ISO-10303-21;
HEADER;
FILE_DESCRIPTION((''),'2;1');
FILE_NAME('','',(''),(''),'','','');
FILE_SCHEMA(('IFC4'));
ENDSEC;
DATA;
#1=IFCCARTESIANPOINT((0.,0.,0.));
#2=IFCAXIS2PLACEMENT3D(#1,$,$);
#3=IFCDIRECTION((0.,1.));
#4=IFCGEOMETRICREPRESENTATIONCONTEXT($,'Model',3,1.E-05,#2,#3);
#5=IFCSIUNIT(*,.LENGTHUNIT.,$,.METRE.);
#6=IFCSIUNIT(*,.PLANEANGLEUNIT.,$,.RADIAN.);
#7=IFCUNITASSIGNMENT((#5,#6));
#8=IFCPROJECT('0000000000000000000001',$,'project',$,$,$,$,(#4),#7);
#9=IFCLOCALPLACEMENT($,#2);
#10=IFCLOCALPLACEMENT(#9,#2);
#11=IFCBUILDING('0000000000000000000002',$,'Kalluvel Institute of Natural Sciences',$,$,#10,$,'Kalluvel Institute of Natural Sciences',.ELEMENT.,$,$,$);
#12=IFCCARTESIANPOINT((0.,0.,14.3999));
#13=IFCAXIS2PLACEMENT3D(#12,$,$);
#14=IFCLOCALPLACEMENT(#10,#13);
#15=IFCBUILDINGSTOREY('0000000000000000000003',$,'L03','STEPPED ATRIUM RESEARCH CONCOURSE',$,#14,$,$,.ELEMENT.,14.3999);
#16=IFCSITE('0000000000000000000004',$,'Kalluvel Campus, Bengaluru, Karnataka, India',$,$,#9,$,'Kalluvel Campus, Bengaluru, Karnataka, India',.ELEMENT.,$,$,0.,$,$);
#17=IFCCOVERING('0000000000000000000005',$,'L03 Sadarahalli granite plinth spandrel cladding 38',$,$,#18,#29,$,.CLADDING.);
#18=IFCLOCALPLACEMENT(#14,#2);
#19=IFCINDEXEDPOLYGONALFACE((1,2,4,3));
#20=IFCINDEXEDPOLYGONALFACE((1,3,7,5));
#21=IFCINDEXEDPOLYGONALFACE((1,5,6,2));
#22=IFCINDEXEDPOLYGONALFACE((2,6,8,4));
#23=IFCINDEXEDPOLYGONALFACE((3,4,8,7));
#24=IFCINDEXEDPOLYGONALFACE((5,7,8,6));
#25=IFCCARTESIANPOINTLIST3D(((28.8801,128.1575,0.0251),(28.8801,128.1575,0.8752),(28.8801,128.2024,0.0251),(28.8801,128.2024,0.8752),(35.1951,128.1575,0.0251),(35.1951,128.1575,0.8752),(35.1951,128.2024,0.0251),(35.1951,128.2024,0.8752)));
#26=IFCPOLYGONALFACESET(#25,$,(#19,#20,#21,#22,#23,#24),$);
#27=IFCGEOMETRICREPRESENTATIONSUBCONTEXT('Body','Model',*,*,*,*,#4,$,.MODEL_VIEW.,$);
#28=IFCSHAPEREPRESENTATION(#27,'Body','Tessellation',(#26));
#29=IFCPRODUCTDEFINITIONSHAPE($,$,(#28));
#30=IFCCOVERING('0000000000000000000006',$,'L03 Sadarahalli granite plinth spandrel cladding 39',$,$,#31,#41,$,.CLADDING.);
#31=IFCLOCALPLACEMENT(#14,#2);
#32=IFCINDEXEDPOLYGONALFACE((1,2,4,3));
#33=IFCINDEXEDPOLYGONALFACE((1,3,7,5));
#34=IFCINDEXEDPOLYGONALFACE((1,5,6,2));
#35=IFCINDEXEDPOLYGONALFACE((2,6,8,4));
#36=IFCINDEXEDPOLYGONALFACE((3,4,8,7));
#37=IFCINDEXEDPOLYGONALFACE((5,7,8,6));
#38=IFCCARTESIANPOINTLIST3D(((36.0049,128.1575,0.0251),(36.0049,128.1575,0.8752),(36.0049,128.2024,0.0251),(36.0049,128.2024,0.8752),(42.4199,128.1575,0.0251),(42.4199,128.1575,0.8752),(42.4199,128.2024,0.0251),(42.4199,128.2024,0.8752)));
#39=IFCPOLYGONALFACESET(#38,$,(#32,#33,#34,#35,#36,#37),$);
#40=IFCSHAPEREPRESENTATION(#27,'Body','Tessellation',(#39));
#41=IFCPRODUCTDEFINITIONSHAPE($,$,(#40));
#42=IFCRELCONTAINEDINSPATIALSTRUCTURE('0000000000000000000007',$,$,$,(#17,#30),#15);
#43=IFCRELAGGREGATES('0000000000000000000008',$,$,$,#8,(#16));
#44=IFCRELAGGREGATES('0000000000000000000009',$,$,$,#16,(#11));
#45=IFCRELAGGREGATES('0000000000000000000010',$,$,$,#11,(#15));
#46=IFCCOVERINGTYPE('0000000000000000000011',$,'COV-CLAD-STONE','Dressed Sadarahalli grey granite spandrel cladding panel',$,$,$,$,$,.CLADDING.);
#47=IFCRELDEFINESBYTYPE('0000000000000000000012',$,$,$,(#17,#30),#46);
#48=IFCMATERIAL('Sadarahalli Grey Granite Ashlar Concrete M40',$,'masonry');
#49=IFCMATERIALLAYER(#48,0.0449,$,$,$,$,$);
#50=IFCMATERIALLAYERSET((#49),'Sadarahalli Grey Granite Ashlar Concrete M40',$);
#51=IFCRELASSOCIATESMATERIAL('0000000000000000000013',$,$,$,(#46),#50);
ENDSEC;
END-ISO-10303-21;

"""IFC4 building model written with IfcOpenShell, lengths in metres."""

from ifc_helpers import new_model, si_unit, direction, frame, origin, origin_2d, place, context, subcontext, project, spatial, rectangle, extrude, material, layer, layer_set, type_object, element, save


model = new_model("IFC4")

# Units and contexts
model_context = context("Model", 3, precision=1e-05, world=origin(), true_north=direction((0.0, 1.0)))
body_context = subcontext(model_context, "Body", "Model", "MODEL_VIEW")
ifc_project = project(units=[si_unit("LENGTHUNIT", "METRE"), si_unit("PLANEANGLEUNIT", "RADIAN")], contexts=[model_context])

# Site, building, storey
site_placement = place(None, origin())
site = spatial("IfcSite", under=ifc_project, at=site_placement, Name="Kalluvel Campus, Bengaluru, Karnataka, India", LongName="Kalluvel Campus, Bengaluru, Karnataka, India", CompositionType="ELEMENT", RefElevation=0.0)
building_placement = place(site_placement, origin())
building = spatial("IfcBuilding", under=site, at=building_placement, Name="Kalluvel Institute of Natural Sciences", LongName="Kalluvel Institute of Natural Sciences", CompositionType="ELEMENT")
storey_placement = place(building_placement, frame((0.0, 0.0, 14.3999)))
storey = spatial("IfcBuildingStorey", under=building, at=storey_placement, Name="L03", Description="STEPPED ATRIUM RESEARCH CONCOURSE", CompositionType="ELEMENT", Elevation=14.3999)

# Shared definitions
ifc_material_1 = material(Name="Sadarahalli Grey Granite Ashlar Concrete M40", Category="masonry")

# Coverings
ifc_layer_1 = layer(ifc_material_1, 0.0449)
ifc_layer_set_1 = layer_set([ifc_layer_1], Name="Sadarahalli Grey Granite Ashlar Concrete M40")
covering_type = type_object("IfcCoveringType", Name="COV-CLAD-STONE", Description="Dressed Sadarahalli grey granite spandrel cladding panel", PredefinedType="CLADDING", material=ifc_layer_set_1)
covering_1_placement = place(storey_placement, frame((32.0376, 128.1799, 0.0251), z_axis=(0.0, 0.0, 1.0), x_axis=(1.0, 0.0, 0.0)))
element("IfcCovering", 1, at=covering_1_placement, inside=storey, type_object=covering_type, Name="L03 Sadarahalli granite plinth spandrel cladding 38", PredefinedType="CLADDING", context=body_context, shape_type="SweptSolid", body=[
    extrude(rectangle(XDim=6.3149, YDim=0.0449, at=origin_2d()), origin(), (0.0, 0.0, 1.0), 0.8501),
])
covering_2_placement = place(storey_placement, frame((39.2124, 128.1799, 0.0251), z_axis=(0.0, 0.0, 1.0), x_axis=(1.0, 0.0, 0.0)))
element("IfcCovering", 2, at=covering_2_placement, inside=storey, type_object=covering_type, Name="L03 Sadarahalli granite plinth spandrel cladding 39", PredefinedType="CLADDING", context=body_context, shape_type="SweptSolid", body=[
    extrude(rectangle(XDim=6.415, YDim=0.0449, at=origin_2d()), origin(), (0.0, 0.0, 1.0), 0.8501),
])

save(model, "model.ifc")
